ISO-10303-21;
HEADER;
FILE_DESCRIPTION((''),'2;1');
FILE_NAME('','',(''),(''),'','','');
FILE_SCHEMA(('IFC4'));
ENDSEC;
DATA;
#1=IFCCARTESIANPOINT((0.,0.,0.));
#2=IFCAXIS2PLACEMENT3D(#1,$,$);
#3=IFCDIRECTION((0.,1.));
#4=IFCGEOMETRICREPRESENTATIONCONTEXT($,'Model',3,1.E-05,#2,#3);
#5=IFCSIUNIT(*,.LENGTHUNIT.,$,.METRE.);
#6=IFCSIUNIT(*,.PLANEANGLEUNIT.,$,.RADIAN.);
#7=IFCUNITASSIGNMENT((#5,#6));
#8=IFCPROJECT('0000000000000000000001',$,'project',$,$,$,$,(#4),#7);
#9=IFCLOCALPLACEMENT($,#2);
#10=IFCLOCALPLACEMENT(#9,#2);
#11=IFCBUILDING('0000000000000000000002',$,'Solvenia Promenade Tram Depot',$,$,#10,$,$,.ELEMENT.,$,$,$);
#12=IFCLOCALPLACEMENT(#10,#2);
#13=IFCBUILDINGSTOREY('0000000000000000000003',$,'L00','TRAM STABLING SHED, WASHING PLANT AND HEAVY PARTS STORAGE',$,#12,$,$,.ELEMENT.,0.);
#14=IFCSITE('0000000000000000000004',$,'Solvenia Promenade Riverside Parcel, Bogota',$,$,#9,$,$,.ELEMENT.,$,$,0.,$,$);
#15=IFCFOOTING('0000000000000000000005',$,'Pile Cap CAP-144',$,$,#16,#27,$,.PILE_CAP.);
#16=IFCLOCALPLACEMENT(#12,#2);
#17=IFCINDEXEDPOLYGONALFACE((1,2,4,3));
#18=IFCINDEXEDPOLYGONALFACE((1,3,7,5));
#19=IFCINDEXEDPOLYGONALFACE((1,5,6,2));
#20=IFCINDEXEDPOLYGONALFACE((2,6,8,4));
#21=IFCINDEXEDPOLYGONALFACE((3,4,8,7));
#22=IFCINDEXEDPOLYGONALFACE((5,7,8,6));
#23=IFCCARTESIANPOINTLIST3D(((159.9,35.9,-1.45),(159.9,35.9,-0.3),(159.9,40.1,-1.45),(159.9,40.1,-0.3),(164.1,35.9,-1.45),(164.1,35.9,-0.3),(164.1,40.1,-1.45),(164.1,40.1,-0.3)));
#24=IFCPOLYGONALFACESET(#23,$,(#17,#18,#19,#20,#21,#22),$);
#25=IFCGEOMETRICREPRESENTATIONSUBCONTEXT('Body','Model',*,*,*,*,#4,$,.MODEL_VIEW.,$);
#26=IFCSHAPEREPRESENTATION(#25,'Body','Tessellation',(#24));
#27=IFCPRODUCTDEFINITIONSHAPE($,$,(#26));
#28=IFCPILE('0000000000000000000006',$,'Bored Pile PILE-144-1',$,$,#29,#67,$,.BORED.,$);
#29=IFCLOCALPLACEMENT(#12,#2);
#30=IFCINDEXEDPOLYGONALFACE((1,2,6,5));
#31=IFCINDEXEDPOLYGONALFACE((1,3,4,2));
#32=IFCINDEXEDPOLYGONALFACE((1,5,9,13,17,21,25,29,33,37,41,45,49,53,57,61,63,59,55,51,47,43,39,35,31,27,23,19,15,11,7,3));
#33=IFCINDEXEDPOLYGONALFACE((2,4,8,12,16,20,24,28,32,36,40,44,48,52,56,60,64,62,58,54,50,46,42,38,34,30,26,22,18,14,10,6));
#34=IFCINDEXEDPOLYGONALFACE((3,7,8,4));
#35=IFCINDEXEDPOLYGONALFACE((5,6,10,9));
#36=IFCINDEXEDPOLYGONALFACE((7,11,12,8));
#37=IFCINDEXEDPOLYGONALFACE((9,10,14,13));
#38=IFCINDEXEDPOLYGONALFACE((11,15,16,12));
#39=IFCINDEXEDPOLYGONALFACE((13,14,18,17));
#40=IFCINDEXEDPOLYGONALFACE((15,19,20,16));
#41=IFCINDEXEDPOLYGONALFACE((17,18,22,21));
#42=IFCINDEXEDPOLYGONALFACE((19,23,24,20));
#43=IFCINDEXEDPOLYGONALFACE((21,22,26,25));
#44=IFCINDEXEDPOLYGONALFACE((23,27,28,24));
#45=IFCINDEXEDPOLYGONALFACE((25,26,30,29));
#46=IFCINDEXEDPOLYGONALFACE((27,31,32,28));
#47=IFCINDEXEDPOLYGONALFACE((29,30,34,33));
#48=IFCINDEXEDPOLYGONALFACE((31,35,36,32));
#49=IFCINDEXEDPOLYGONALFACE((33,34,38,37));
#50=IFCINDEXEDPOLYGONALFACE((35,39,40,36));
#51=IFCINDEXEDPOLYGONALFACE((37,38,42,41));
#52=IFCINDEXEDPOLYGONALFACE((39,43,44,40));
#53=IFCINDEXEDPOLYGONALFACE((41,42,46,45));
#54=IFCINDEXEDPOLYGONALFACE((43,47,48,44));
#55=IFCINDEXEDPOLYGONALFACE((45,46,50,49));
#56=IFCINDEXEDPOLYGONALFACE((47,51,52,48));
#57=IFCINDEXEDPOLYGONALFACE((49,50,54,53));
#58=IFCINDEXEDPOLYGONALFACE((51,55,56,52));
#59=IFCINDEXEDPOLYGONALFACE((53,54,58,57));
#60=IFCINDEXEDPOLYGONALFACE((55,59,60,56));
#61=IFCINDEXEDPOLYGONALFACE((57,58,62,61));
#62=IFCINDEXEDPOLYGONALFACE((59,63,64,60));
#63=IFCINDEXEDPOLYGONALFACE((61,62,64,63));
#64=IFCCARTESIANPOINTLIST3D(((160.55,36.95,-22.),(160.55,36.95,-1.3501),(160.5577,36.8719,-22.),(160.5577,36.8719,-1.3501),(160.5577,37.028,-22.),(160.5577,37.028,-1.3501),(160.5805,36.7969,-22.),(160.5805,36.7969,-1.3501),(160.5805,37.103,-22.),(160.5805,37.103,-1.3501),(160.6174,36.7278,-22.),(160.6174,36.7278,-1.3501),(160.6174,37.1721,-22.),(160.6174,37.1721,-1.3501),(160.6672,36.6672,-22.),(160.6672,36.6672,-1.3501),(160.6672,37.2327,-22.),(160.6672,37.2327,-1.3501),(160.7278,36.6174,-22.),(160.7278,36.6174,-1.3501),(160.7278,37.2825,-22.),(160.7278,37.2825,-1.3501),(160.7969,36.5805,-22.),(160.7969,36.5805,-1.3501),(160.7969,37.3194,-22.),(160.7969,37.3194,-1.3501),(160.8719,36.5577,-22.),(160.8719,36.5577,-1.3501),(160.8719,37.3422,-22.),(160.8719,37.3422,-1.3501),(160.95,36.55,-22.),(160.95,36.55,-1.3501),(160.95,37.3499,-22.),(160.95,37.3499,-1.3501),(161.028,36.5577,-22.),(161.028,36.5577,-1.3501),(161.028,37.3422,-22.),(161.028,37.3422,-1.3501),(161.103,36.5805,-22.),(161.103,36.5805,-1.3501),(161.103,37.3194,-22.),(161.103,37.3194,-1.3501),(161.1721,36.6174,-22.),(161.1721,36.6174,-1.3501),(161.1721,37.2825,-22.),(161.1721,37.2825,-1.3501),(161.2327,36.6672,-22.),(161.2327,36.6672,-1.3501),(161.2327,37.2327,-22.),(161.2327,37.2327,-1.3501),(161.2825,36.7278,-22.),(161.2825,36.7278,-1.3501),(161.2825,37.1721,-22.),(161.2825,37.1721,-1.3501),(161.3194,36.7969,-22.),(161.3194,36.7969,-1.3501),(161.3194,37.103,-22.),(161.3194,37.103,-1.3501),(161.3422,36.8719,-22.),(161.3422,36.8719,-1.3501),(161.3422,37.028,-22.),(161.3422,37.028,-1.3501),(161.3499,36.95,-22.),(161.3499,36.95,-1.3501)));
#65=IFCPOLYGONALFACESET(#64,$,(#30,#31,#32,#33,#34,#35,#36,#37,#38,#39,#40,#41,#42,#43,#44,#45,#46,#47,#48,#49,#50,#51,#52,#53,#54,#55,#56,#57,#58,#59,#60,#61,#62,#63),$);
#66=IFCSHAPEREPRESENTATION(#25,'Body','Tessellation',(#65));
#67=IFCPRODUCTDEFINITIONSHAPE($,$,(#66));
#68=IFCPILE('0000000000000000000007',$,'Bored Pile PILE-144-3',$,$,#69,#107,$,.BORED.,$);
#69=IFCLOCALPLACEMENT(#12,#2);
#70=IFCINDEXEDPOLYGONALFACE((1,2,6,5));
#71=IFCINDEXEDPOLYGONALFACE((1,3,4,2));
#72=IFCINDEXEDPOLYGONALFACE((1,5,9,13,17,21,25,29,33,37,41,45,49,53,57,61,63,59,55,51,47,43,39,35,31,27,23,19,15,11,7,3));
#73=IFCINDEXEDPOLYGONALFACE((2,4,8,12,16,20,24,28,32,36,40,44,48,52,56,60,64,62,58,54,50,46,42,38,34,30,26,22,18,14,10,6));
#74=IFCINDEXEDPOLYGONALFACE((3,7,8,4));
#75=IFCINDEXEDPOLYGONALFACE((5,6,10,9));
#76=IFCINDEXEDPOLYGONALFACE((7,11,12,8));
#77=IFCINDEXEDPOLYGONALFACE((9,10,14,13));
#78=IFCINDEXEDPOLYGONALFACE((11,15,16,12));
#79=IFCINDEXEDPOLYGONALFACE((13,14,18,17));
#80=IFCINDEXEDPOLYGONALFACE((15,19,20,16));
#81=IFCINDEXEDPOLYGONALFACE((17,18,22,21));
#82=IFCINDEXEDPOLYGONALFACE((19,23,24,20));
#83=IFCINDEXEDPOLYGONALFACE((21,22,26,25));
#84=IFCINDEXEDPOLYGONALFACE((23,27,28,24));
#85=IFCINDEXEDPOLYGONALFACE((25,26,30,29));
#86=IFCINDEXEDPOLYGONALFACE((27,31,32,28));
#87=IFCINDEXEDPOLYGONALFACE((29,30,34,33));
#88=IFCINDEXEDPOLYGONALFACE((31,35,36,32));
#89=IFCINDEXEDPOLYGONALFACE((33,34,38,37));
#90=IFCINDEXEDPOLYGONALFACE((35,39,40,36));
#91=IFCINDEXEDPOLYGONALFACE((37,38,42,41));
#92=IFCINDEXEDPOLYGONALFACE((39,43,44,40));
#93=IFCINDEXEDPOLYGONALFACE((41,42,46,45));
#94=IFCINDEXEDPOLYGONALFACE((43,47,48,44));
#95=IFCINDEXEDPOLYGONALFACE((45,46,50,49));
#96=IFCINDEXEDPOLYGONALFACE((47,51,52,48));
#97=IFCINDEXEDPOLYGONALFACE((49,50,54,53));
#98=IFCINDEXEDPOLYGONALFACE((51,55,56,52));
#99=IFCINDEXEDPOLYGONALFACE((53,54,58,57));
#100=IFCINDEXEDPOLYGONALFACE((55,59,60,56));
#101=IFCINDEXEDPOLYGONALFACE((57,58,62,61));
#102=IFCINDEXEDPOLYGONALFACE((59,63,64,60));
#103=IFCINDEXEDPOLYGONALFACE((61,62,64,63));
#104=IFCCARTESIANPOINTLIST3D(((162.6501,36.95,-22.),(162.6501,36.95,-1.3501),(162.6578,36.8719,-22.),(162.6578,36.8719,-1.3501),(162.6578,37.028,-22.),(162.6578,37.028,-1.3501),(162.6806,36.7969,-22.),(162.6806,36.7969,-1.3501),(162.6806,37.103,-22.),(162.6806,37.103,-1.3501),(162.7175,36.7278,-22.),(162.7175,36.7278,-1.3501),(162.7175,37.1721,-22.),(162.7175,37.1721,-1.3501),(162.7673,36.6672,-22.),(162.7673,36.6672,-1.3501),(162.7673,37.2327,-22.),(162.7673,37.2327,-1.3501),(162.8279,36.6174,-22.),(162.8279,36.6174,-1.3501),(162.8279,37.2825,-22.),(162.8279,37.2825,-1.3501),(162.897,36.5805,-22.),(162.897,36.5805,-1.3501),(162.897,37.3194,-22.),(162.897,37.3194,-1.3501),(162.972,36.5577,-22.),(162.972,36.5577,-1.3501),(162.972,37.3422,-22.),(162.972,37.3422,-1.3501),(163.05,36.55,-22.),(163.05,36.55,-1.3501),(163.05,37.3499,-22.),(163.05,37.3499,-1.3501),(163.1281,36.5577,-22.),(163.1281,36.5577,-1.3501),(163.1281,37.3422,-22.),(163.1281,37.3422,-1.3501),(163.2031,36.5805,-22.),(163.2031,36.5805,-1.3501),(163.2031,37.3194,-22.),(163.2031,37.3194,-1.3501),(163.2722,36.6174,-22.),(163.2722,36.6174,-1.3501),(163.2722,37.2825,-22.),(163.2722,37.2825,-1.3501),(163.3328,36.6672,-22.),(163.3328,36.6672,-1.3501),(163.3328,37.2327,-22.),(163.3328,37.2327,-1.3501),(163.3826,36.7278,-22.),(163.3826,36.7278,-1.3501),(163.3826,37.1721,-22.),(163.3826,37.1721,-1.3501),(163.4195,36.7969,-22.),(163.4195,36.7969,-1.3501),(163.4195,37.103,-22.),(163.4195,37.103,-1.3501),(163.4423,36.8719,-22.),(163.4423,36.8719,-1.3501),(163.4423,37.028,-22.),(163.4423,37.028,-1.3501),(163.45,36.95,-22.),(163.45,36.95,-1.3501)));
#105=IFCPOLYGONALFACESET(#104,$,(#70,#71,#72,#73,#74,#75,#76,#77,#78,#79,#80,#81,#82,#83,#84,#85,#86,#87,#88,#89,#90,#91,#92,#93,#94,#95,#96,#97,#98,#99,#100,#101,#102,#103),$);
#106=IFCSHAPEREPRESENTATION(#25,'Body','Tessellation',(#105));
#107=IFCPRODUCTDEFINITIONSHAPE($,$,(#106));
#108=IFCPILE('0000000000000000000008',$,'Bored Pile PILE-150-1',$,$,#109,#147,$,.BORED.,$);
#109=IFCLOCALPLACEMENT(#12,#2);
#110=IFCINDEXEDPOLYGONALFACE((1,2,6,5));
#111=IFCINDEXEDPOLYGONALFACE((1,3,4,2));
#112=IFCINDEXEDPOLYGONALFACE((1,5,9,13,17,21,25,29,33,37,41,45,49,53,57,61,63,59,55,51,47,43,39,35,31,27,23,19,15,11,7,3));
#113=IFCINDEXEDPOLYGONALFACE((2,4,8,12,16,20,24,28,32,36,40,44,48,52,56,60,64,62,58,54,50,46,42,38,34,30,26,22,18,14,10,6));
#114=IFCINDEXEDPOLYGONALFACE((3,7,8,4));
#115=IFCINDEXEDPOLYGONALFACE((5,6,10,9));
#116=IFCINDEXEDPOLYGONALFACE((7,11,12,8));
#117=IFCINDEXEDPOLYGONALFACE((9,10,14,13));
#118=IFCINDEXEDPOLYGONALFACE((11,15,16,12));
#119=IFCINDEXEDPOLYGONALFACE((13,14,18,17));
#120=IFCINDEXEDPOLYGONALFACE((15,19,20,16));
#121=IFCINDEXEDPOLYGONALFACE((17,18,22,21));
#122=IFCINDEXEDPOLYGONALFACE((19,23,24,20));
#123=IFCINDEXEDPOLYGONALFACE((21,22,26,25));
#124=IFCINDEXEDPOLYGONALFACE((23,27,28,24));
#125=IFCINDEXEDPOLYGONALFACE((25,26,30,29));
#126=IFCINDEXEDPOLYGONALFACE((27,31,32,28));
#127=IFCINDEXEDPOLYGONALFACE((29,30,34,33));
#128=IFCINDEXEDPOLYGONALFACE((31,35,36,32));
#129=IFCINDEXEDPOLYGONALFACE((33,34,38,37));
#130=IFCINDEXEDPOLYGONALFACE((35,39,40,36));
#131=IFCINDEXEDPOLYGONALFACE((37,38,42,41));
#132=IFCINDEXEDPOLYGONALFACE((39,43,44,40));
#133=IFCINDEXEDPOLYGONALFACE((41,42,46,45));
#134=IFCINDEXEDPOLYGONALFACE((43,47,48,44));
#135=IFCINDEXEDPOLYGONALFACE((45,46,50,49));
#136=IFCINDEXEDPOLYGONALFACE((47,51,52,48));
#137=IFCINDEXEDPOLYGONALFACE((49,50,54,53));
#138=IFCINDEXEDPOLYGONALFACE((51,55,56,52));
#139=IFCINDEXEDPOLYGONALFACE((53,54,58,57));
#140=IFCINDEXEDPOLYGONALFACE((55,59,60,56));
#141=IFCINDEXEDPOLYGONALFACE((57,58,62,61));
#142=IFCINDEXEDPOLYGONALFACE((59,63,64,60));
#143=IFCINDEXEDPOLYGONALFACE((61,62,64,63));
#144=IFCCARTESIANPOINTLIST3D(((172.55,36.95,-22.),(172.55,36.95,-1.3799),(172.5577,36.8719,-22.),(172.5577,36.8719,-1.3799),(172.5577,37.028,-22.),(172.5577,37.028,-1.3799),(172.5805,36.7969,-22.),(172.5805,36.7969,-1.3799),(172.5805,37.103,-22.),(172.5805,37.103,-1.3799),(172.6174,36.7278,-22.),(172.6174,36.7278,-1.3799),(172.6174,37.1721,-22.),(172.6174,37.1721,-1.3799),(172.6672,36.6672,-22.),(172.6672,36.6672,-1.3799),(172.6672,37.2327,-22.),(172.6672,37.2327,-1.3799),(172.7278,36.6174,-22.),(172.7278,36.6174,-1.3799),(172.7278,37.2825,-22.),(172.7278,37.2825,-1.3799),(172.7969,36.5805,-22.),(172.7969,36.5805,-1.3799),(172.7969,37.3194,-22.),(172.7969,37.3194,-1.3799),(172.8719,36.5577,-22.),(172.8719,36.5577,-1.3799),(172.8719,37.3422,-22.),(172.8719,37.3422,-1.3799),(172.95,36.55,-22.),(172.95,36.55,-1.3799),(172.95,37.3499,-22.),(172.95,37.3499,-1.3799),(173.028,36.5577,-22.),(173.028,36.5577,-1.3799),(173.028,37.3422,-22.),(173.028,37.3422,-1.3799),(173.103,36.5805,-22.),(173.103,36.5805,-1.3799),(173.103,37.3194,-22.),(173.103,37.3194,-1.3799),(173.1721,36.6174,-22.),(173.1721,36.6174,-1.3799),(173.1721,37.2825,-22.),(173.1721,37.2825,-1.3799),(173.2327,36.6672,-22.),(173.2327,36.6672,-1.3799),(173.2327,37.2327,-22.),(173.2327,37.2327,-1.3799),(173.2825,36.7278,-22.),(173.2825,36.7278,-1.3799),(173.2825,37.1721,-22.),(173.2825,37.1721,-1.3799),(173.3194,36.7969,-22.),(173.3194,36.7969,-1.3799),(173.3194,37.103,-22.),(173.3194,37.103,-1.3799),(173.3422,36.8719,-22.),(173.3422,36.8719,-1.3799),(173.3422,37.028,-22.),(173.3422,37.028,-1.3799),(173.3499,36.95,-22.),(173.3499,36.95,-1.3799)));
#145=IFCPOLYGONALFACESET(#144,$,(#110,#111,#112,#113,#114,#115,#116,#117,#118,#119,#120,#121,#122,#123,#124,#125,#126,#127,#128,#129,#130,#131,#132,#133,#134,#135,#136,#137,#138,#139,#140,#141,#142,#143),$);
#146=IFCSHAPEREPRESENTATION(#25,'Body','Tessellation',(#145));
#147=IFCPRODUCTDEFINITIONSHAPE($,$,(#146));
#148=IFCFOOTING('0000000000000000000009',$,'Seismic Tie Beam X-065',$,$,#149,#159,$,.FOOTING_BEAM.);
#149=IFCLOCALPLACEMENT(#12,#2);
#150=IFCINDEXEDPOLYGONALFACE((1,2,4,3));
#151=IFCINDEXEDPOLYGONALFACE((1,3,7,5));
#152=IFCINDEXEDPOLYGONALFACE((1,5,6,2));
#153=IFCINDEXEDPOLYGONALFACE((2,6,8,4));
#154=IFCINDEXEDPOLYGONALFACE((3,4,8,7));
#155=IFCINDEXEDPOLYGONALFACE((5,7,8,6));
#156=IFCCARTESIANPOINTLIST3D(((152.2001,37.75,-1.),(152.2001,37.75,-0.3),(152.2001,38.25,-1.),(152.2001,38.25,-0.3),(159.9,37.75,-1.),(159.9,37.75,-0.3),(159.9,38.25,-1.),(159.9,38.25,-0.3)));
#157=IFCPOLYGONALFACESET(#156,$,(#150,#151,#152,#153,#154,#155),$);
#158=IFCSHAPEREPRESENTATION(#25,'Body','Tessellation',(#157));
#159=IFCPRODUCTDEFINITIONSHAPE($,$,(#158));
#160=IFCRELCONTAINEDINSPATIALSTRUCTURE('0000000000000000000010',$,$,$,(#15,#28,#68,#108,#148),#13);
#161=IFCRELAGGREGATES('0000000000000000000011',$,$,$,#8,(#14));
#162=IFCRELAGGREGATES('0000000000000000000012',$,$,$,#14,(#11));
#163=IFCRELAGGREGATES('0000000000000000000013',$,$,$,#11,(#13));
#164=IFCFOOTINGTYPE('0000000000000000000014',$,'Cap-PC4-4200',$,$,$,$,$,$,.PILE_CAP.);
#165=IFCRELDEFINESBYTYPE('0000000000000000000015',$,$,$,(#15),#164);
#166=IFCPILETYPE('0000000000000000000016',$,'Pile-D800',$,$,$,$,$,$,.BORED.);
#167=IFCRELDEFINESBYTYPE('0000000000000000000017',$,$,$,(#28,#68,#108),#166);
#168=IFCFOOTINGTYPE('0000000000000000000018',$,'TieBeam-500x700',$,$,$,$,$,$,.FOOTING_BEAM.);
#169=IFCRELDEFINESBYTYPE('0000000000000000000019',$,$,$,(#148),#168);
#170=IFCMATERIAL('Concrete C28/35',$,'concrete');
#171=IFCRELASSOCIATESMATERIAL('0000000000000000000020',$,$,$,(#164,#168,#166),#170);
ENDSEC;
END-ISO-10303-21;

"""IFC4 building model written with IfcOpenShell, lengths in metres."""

from ifc_helpers import new_model, si_unit, direction, frame, origin, origin_2d, place, context, subcontext, project, spatial, rectangle, circle, extrude, material, material_profile, profile_set, type_object, element, save


model = new_model("IFC4")

# Units and contexts
model_context = context("Model", 3, precision=1e-05, world=origin(), true_north=direction((0.0, 1.0)))
body_context = subcontext(model_context, "Body", "Model", "MODEL_VIEW")
ifc_project = project(units=[si_unit("LENGTHUNIT", "METRE"), si_unit("PLANEANGLEUNIT", "RADIAN")], contexts=[model_context])

# Site, building, storey
site_placement = place(None, origin())
site = spatial("IfcSite", under=ifc_project, at=site_placement, Name="Solvenia Promenade Riverside Parcel, Bogota", CompositionType="ELEMENT", RefElevation=0.0)
building_placement = place(site_placement, origin())
building = spatial("IfcBuilding", under=site, at=building_placement, Name="Solvenia Promenade Tram Depot", CompositionType="ELEMENT")
storey_placement = place(building_placement, origin())
storey = spatial("IfcBuildingStorey", under=building, at=storey_placement, Name="L00", Description="TRAM STABLING SHED, WASHING PLANT AND HEAVY PARTS STORAGE", CompositionType="ELEMENT", Elevation=0.0)

# Footing
ifc_material_1 = material(Name="Concrete C28/35", Category="concrete")
footing_type_1 = type_object("IfcFootingType", Name="Cap-PC4-4200", PredefinedType="PILE_CAP", material=ifc_material_1)
footing_1_placement = place(storey_placement, frame((162.0, 38.0, -1.45), z_axis=(0.0, 0.0, 1.0), x_axis=(1.0, 0.0, 0.0)))
element("IfcFooting", 1, at=footing_1_placement, inside=storey, type_object=footing_type_1, Name="Pile Cap CAP-144", PredefinedType="PILE_CAP", context=body_context, shape_type="SweptSolid", body=[
    extrude(rectangle(XDim=4.2, YDim=4.2, at=origin_2d()), origin(), (0.0, 0.0, 1.0), 1.1499),
])

# Piles
ifc_material_profile_1 = material_profile(ifc_material_1, circle(Radius=0.3999, at=origin_2d()), Name="D800", Category="concrete")
ifc_profile_set_1 = profile_set([ifc_material_profile_1], Name="Concrete C28/35")
pile_type = type_object("IfcPileType", Name="Pile-D800", PredefinedType="BORED", material=ifc_profile_set_1)
for number, where, z_axis, x_axis, name in (
    (2, (160.95, 36.95, -1.3501), (0.0, 0.0, -1.0), (1.0, 0.0, 0.0), "Bored Pile PILE-144-1"),
    (3, (163.05, 36.95, -1.3501), (0.0, 0.0, -1.0), (1.0, 0.0, 0.0), "Bored Pile PILE-144-3"),
):
    element("IfcPile", number, at=place(storey_placement, frame(where, z_axis=z_axis, x_axis=x_axis)), inside=storey, type_object=pile_type, Name=name, PredefinedType="BORED", context=body_context, shape_type="SweptSolid", body=[
        extrude(circle(Radius=0.3999, at=origin_2d()), origin(), (0.0, 0.0, 1.0), 20.6499),
    ])
pile_placement = place(storey_placement, frame((172.95, 36.95, -1.3799), z_axis=(0.0, 0.0, -1.0), x_axis=(1.0, 0.0, 0.0)))
element("IfcPile", 4, at=pile_placement, inside=storey, type_object=pile_type, Name="Bored Pile PILE-150-1", PredefinedType="BORED", context=body_context, shape_type="SweptSolid", body=[
    extrude(circle(Radius=0.3999, at=origin_2d()), origin(), (0.0, 0.0, 1.0), 20.6201),
])

# Footing
footing_type_2 = type_object("IfcFootingType", Name="TieBeam-500x700", PredefinedType="FOOTING_BEAM", material=ifc_material_1)
footing_2_placement = place(storey_placement, frame((156.05, 38.0, -1.0), z_axis=(0.0, 0.0, 1.0), x_axis=(1.0, 0.0, 0.0)))
element("IfcFooting", 5, at=footing_2_placement, inside=storey, type_object=footing_type_2, Name="Seismic Tie Beam X-065", PredefinedType="FOOTING_BEAM", context=body_context, shape_type="SweptSolid", body=[
    extrude(rectangle(XDim=7.7, YDim=0.5, at=origin_2d()), origin(), (0.0, 0.0, 1.0), 0.7),
])

save(model, "model.ifc")
